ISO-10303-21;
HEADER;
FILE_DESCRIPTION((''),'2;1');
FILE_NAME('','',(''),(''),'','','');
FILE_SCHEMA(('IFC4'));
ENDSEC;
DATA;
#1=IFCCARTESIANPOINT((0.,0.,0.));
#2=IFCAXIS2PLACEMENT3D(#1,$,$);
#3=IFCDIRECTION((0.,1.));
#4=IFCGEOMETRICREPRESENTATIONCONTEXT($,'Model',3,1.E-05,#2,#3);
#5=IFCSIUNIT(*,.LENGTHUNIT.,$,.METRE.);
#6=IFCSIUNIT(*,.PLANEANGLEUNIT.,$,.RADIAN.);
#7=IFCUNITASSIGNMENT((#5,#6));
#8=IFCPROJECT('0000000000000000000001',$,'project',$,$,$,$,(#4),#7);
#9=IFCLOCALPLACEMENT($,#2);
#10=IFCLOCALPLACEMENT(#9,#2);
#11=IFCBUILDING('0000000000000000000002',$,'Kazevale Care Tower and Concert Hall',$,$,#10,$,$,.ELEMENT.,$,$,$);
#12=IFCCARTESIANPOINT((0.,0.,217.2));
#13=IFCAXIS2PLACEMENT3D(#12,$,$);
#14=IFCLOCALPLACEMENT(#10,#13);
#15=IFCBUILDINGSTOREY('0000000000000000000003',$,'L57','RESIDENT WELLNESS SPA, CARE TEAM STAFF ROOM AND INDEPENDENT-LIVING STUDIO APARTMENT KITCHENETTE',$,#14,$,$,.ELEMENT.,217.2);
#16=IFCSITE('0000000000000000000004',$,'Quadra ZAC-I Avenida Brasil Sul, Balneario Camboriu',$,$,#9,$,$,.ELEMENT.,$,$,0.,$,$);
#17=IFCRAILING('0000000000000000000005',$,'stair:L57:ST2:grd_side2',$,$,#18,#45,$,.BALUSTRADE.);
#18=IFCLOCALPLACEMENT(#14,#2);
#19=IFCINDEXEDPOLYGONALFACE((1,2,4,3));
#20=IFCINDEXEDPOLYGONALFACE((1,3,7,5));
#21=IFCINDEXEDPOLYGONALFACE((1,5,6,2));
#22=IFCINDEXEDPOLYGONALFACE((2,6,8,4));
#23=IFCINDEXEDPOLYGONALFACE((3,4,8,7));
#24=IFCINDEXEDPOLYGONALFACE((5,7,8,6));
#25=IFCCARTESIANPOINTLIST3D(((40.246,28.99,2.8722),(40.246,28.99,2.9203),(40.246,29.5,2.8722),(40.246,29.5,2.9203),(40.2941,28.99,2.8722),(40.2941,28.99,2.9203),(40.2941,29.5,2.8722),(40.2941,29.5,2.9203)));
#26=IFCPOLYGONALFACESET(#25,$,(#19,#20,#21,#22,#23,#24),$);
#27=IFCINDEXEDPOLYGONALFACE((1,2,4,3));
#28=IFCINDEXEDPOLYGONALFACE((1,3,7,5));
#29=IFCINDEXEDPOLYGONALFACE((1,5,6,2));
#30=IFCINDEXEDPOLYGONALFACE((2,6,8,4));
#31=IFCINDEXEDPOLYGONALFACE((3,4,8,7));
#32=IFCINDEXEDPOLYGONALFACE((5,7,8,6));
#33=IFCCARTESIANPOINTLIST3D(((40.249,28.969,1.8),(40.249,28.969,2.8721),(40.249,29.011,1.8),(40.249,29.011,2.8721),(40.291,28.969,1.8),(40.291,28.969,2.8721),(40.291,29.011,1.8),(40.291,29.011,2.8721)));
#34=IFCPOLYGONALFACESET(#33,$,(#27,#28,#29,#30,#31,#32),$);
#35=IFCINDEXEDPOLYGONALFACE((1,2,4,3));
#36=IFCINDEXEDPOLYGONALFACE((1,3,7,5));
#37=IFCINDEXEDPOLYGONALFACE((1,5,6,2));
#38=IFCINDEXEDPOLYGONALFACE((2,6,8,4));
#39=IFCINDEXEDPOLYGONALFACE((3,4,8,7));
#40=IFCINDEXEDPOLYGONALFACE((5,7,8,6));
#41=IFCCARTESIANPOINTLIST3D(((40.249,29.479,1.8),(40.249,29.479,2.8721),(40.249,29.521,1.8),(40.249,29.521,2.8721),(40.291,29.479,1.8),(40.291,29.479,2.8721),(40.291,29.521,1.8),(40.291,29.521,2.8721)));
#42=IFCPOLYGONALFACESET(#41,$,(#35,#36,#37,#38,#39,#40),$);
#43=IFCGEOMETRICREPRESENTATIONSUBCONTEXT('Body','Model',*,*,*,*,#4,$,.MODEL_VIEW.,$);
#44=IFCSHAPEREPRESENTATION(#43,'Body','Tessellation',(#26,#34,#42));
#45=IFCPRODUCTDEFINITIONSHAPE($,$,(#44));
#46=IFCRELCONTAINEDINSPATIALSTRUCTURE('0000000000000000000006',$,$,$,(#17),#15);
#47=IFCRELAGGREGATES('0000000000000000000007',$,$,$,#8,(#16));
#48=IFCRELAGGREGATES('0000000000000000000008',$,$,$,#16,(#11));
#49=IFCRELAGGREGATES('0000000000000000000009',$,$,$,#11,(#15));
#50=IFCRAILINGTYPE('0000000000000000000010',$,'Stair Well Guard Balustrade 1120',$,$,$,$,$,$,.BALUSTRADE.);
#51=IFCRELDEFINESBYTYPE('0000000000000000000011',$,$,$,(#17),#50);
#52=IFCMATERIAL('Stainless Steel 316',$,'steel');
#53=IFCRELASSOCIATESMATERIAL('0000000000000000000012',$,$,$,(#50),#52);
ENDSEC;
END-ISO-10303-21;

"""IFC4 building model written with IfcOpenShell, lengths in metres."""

from ifc_helpers import new_model, si_unit, direction, frame, origin, origin_2d, place, context, subcontext, project, spatial, rectangle, extrude, material, type_object, element, save


model = new_model("IFC4")

# Units and contexts
model_context = context("Model", 3, precision=1e-05, world=origin(), true_north=direction((0.0, 1.0)))
body_context = subcontext(model_context, "Body", "Model", "MODEL_VIEW")
ifc_project = project(units=[si_unit("LENGTHUNIT", "METRE"), si_unit("PLANEANGLEUNIT", "RADIAN")], contexts=[model_context])

# Site, building, storey
site_placement = place(None, origin())
site = spatial("IfcSite", under=ifc_project, at=site_placement, Name="Quadra ZAC-I Avenida Brasil Sul, Balneario Camboriu", CompositionType="ELEMENT", RefElevation=0.0)
building_placement = place(site_placement, origin())
building = spatial("IfcBuilding", under=site, at=building_placement, Name="Kazevale Care Tower and Concert Hall", CompositionType="ELEMENT")
storey_placement = place(building_placement, frame((0.0, 0.0, 217.2)))
storey = spatial("IfcBuildingStorey", under=building, at=storey_placement, Name="L57", Description="RESIDENT WELLNESS SPA, CARE TEAM STAFF ROOM AND INDEPENDENT-LIVING STUDIO APARTMENT KITCHENETTE", CompositionType="ELEMENT", Elevation=217.2)

# Railing
ifc_material_1 = material(Name="Stainless Steel 316", Category="steel")
railing_type_1 = type_object("IfcRailingType", Name="Stair Well Guard Balustrade 1120", PredefinedType="BALUSTRADE", material=ifc_material_1)
railing_1_placement = place(storey_placement, frame((40.27, 28.99, 1.8)))
element("IfcRailing", 1, at=railing_1_placement, inside=storey, type_object=railing_type_1, Name="stair:L57:ST2:grd_side2", PredefinedType="BALUSTRADE", context=body_context, shape_type="SweptSolid", body=[
    extrude(rectangle(XDim=0.0481, YDim=0.0481, at=origin_2d()), frame((0.0, 0.0, 1.0962), z_axis=(0.0, 1.0, 0.0), x_axis=(-1.0, 0.0, 0.0)), (0.0, 0.0, 1.0), 0.51),
    extrude(rectangle(XDim=0.042, YDim=0.042, at=origin_2d()), origin(), (0.0, 0.0, 1.0), 1.072),
    extrude(rectangle(XDim=0.042, YDim=0.042, at=origin_2d()), frame((0.0, 0.51, 0.0)), (0.0, 0.0, 1.0), 1.072),
])

save(model, "model.ifc")
